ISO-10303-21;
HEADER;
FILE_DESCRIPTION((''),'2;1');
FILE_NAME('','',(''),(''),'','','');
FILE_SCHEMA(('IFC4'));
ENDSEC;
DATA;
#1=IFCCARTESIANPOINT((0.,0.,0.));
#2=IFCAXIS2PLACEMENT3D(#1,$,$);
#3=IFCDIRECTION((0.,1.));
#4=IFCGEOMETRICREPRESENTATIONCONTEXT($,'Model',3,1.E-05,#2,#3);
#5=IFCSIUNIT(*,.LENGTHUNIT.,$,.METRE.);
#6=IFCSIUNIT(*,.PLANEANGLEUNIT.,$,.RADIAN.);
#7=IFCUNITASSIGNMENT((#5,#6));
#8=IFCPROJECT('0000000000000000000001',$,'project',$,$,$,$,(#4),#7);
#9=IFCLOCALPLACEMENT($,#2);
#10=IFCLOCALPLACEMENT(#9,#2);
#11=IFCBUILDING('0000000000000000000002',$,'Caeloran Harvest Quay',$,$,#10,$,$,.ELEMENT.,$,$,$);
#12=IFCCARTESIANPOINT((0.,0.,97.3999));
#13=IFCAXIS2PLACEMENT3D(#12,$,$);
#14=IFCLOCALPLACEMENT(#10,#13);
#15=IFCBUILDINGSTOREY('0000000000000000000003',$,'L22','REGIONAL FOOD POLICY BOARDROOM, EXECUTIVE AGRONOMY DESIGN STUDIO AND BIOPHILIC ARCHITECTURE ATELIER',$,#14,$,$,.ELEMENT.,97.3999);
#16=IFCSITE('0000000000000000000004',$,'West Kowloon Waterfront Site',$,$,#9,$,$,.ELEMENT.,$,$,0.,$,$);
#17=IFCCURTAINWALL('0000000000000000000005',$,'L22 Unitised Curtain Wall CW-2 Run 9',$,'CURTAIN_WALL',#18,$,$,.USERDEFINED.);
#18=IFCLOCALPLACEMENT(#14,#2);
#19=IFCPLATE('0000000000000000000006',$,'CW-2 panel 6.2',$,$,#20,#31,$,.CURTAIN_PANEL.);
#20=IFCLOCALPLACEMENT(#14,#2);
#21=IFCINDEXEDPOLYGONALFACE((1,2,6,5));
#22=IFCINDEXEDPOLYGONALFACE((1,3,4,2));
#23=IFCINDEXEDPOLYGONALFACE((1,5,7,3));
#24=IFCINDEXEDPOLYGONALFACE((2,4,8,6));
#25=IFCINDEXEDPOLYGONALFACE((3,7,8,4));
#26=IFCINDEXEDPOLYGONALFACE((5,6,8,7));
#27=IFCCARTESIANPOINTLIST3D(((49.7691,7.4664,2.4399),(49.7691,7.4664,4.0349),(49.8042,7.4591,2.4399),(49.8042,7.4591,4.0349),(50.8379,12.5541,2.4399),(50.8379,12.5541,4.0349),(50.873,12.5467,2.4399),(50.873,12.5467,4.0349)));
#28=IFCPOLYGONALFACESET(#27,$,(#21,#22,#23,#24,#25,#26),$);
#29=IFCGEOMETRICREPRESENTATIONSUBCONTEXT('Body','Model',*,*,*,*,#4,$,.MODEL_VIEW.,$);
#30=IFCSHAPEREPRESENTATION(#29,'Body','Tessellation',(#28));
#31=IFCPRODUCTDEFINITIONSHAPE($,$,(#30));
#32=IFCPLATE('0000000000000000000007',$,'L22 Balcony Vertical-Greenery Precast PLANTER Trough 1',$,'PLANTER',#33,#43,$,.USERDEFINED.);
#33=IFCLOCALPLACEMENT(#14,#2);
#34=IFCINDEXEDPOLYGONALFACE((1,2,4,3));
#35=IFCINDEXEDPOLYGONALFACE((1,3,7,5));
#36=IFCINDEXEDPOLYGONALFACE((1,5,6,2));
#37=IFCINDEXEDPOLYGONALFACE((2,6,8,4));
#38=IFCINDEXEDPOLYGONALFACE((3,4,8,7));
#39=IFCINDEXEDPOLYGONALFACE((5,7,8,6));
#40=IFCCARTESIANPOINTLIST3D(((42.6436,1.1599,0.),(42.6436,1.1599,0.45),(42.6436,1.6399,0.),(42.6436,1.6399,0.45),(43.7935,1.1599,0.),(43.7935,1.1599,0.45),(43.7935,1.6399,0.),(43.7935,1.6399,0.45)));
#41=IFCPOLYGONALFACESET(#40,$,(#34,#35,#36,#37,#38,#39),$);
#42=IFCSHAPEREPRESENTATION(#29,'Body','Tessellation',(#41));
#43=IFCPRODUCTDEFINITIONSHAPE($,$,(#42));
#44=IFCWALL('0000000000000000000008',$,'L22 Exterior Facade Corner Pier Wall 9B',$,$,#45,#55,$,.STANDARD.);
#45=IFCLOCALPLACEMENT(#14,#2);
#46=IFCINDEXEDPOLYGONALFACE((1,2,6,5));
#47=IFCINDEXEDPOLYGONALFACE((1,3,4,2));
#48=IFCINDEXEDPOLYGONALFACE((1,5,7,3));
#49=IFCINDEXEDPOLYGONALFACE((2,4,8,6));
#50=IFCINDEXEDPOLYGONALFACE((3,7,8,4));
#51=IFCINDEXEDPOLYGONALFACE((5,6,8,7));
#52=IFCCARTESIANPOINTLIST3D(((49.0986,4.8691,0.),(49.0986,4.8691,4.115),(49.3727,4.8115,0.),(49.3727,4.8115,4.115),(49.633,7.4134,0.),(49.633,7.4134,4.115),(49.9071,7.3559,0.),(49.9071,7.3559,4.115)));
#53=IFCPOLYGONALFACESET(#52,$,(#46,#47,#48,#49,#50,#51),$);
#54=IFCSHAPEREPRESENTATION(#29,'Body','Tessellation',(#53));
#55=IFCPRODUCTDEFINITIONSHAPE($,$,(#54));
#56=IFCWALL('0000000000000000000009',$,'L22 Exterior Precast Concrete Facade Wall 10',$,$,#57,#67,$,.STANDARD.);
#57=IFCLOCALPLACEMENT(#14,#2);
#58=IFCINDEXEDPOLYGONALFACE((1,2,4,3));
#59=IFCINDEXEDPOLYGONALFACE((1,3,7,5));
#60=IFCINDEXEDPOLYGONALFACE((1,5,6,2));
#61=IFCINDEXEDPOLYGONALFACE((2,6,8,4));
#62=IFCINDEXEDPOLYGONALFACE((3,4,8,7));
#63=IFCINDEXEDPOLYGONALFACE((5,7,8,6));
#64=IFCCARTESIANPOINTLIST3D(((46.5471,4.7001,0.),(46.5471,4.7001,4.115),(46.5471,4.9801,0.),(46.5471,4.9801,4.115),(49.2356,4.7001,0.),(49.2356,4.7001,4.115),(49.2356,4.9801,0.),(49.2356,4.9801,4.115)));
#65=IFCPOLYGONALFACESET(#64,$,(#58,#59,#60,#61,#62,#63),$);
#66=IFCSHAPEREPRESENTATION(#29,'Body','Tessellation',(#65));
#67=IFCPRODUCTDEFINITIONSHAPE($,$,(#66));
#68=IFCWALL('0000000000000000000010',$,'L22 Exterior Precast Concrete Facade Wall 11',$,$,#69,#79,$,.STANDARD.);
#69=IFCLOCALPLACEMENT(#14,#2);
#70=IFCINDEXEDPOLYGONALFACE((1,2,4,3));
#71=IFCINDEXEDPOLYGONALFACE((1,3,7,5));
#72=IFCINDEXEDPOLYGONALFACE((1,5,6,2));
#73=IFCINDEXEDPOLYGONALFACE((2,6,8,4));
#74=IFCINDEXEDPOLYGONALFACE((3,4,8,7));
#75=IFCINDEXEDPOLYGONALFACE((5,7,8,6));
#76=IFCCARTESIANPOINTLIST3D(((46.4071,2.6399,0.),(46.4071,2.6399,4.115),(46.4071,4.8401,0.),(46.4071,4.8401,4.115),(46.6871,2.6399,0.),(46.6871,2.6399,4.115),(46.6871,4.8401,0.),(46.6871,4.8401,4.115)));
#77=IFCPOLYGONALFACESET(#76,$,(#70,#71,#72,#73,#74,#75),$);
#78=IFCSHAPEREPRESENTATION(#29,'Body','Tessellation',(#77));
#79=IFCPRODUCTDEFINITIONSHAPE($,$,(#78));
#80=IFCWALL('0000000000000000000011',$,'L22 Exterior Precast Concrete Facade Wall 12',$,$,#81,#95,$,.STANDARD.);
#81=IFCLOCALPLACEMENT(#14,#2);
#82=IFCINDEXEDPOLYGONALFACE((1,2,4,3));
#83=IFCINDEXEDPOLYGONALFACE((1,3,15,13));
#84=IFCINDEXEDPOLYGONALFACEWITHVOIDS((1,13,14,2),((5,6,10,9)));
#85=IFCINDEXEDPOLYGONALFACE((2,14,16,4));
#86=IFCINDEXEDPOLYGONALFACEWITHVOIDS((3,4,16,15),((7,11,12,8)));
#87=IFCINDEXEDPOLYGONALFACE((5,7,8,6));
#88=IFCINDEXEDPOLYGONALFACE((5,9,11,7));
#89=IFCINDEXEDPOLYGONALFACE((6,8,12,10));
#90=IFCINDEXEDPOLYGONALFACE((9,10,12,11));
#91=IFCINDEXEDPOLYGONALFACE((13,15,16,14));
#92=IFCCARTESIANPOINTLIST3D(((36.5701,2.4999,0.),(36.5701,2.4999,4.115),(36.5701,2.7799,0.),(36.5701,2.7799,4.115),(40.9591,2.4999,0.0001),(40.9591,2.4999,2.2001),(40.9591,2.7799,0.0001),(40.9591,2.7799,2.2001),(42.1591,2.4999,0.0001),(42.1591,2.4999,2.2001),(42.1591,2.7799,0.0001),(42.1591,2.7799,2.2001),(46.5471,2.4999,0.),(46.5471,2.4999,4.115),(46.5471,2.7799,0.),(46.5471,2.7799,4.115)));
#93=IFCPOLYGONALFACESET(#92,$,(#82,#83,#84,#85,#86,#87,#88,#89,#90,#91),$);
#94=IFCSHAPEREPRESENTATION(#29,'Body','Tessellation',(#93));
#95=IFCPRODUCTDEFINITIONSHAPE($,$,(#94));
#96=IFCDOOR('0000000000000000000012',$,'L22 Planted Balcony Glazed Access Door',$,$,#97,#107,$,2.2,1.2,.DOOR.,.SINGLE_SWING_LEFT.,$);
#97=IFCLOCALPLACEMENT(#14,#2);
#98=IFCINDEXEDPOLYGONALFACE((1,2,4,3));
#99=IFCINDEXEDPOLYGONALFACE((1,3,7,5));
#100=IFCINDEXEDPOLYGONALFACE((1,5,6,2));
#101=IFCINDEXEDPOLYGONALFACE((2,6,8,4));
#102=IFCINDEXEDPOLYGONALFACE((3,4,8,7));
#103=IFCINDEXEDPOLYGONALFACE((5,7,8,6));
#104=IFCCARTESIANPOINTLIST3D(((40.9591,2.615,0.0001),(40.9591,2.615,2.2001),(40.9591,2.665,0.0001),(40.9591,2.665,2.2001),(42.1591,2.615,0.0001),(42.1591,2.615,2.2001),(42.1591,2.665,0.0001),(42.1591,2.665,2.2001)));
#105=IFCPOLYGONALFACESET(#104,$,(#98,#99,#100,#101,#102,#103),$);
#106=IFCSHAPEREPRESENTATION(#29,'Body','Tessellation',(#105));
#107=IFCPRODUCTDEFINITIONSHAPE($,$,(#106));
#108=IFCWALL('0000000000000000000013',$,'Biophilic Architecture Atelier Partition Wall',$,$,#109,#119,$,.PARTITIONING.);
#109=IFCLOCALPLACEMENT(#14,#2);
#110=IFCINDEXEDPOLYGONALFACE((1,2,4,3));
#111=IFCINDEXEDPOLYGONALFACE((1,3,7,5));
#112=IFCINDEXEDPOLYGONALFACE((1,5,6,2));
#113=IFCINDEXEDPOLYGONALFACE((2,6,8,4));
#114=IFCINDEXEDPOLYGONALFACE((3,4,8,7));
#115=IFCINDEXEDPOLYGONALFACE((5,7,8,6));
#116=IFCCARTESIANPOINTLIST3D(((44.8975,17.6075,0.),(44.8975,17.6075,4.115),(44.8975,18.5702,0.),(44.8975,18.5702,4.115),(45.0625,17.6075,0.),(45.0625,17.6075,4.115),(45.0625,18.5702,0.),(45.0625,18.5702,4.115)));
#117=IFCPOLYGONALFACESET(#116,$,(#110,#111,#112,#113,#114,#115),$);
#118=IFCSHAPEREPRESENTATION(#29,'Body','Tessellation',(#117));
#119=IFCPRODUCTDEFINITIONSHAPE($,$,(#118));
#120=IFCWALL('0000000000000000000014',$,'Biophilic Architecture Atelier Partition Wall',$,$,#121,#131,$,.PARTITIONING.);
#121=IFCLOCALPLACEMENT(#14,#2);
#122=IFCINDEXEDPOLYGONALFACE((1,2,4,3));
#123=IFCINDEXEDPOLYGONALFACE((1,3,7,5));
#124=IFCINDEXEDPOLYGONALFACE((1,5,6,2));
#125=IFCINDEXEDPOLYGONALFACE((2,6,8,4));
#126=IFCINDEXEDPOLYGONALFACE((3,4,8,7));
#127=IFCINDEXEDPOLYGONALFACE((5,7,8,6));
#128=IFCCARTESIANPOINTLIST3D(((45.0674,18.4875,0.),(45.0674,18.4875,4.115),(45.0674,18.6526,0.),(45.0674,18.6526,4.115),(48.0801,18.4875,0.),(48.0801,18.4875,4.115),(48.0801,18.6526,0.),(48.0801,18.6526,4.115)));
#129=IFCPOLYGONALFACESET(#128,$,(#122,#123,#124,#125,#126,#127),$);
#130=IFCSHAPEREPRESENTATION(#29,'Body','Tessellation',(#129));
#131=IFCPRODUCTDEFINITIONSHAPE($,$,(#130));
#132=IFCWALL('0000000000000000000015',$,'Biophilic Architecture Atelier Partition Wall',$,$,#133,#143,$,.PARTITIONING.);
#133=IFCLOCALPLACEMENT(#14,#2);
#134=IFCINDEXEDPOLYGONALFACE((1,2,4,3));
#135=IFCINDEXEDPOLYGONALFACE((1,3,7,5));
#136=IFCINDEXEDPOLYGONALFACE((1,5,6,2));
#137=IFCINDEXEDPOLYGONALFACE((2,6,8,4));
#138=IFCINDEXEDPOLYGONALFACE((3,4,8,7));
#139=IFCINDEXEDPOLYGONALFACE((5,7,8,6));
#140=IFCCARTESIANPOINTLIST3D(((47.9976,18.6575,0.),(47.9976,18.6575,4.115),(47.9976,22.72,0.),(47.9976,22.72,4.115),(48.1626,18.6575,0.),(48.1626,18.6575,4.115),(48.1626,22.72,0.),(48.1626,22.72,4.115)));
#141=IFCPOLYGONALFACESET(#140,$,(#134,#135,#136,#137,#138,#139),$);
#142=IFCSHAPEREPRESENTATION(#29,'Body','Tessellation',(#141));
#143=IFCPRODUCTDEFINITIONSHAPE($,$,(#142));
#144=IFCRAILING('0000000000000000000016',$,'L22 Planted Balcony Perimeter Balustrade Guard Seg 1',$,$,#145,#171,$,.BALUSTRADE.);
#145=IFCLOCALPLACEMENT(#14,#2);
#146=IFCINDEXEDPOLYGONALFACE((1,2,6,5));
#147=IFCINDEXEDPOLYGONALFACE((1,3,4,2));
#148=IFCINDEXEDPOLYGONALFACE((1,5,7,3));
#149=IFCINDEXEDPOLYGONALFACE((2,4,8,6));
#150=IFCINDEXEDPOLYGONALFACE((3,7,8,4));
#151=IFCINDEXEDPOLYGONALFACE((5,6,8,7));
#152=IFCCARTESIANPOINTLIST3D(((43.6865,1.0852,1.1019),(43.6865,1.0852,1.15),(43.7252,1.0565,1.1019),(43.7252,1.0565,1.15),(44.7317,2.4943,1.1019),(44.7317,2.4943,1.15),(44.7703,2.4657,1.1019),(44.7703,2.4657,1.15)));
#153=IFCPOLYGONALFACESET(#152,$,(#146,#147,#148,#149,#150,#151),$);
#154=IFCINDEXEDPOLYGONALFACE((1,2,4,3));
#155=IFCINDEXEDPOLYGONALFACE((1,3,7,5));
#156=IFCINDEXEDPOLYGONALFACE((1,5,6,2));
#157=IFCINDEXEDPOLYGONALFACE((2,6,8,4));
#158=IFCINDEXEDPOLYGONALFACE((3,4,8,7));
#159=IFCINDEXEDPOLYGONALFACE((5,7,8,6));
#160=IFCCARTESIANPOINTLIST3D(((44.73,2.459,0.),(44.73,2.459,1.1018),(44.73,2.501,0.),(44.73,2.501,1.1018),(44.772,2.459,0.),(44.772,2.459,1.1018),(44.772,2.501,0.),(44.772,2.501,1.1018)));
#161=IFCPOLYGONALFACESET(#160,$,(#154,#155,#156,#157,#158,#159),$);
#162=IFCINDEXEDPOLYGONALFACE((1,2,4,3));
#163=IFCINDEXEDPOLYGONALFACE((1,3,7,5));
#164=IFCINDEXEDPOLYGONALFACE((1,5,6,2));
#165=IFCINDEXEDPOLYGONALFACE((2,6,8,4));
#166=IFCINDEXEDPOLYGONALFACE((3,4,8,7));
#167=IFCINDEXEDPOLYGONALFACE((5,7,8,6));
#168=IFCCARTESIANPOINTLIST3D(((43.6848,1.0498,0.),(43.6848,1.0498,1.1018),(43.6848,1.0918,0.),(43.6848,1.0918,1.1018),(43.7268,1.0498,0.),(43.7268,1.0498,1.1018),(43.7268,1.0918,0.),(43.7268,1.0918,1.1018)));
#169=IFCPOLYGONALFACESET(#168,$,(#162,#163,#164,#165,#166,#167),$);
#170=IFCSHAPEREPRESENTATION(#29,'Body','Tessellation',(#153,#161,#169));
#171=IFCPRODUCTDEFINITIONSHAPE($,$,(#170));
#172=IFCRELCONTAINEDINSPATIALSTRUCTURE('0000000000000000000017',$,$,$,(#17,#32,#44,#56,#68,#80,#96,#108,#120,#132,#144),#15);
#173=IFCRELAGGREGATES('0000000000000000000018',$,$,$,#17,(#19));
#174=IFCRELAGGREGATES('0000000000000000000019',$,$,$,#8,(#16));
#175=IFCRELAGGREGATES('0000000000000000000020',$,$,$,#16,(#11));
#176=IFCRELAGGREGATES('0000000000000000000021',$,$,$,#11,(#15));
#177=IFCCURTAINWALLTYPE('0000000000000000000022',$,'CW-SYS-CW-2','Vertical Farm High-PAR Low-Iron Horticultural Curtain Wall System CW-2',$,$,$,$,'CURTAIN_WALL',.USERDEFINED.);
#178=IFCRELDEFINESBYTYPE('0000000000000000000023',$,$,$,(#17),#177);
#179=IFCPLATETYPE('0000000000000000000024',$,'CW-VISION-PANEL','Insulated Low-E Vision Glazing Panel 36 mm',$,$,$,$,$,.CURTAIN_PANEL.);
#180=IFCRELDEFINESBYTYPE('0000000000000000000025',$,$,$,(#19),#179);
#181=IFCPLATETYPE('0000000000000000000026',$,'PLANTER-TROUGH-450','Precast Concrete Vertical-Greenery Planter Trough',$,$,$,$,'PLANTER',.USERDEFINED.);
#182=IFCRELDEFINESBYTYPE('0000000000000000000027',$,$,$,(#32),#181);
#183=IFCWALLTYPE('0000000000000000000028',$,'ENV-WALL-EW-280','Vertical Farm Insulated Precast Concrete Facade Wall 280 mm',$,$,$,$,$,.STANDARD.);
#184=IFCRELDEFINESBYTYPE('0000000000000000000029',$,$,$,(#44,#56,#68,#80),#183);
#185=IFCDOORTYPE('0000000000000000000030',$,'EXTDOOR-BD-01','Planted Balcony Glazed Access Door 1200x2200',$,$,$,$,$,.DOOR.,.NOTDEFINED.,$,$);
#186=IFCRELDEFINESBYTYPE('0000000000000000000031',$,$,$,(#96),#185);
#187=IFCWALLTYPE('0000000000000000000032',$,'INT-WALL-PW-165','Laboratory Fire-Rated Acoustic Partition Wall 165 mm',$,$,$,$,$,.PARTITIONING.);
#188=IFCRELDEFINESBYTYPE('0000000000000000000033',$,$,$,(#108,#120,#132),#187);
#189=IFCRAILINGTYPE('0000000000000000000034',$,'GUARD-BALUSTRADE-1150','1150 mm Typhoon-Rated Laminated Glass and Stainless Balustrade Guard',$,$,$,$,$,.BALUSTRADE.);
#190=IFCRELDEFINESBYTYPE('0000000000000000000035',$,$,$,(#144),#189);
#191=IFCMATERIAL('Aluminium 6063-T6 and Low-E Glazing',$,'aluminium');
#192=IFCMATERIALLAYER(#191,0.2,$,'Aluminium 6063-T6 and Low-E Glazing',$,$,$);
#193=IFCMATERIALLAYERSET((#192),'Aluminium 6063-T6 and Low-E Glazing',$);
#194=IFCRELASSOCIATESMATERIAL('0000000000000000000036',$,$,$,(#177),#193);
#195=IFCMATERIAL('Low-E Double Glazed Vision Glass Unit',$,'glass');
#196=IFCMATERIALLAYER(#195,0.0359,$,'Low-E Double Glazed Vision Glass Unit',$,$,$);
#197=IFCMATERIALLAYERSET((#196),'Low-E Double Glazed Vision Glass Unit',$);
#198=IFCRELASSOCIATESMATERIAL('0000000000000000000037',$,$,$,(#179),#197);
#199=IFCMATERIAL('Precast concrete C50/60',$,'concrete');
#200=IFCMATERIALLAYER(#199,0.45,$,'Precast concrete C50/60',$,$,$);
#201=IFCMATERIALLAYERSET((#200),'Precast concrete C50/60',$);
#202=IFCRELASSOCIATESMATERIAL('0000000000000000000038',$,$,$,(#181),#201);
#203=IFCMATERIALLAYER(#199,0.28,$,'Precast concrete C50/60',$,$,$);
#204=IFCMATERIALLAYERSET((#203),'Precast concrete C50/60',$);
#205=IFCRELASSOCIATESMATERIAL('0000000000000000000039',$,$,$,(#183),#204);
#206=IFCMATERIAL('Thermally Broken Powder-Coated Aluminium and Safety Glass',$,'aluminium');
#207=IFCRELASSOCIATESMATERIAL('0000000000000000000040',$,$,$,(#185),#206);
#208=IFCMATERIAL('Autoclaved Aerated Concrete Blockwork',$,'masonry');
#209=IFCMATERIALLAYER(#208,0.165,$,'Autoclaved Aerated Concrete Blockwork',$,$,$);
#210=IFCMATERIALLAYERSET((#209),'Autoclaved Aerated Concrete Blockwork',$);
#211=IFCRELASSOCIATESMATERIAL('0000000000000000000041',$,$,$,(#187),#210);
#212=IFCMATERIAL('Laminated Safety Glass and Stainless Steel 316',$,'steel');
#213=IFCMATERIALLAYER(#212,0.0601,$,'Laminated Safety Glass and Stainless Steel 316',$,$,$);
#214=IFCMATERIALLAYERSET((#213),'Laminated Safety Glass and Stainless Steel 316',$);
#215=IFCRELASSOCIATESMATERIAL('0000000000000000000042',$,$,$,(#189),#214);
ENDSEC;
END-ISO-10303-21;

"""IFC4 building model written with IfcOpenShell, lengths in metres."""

from ifc_helpers import new_model, si_unit, direction, frame, frame_2d, origin, origin_2d, place, context, subcontext, project, spatial, rectangle, extrude, material, layer, layer_set, type_object, element, fill, aggregate, save


model = new_model("IFC4")

# Units and contexts
model_context = context("Model", 3, precision=1e-05, world=origin(), true_north=direction((0.0, 1.0)))
body_context = subcontext(model_context, "Body", "Model", "MODEL_VIEW")
ifc_project = project(units=[si_unit("LENGTHUNIT", "METRE"), si_unit("PLANEANGLEUNIT", "RADIAN")], contexts=[model_context])

# Site, building, storey
site_placement = place(None, origin())
site = spatial("IfcSite", under=ifc_project, at=site_placement, Name="West Kowloon Waterfront Site", CompositionType="ELEMENT", RefElevation=0.0)
building_placement = place(site_placement, origin())
building = spatial("IfcBuilding", under=site, at=building_placement, Name="Caeloran Harvest Quay", CompositionType="ELEMENT")
storey_placement = place(building_placement, frame((0.0, 0.0, 97.3999)))
storey = spatial("IfcBuildingStorey", under=building, at=storey_placement, Name="L22", Description="REGIONAL FOOD POLICY BOARDROOM, EXECUTIVE AGRONOMY DESIGN STUDIO AND BIOPHILIC ARCHITECTURE ATELIER", CompositionType="ELEMENT", Elevation=97.3999)

# Curtain wall, plate
ifc_material_1 = material(Name="Aluminium 6063-T6 and Low-E Glazing", Category="aluminium")
ifc_layer_1 = layer(ifc_material_1, 0.2, Name="Aluminium 6063-T6 and Low-E Glazing")
ifc_layer_set_1 = layer_set([ifc_layer_1], Name="Aluminium 6063-T6 and Low-E Glazing")
curtain_wall_type = type_object("IfcCurtainWallType", Name="CW-SYS-CW-2", Description="Vertical Farm High-PAR Low-Iron Horticultural Curtain Wall System CW-2", ElementType="CURTAIN_WALL", PredefinedType="USERDEFINED", material=ifc_layer_set_1)
curtain_wall_placement = place(storey_placement, origin())
curtain_wall = element("IfcCurtainWall", 1, at=curtain_wall_placement, inside=storey, type_object=curtain_wall_type, Name="L22 Unitised Curtain Wall CW-2 Run 9", ObjectType="CURTAIN_WALL", PredefinedType="USERDEFINED")
ifc_material_2 = material(Name="Low-E Double Glazed Vision Glass Unit", Category="glass")
ifc_layer_2 = layer(ifc_material_2, 0.0359, Name="Low-E Double Glazed Vision Glass Unit")
ifc_layer_set_2 = layer_set([ifc_layer_2], Name="Low-E Double Glazed Vision Glass Unit")
plate_type_1 = type_object("IfcPlateType", Name="CW-VISION-PANEL", Description="Insulated Low-E Vision Glazing Panel 36 mm", PredefinedType="CURTAIN_PANEL", material=ifc_layer_set_2)
plate_1_placement = place(storey_placement, frame((50.321, 10.0066, 2.4399), z_axis=(0.0, 0.0, 1.0), x_axis=(-0.205583, -0.97864, 0.0)))
plate_1 = element("IfcPlate", 2, at=plate_1_placement, type_object=plate_type_1, Name="CW-2 panel 6.2", PredefinedType="CURTAIN_PANEL", context=body_context, shape_type="SweptSolid", body=[
    extrude(rectangle(XDim=5.1987, YDim=0.0359, at=origin_2d()), origin(), (0.0, 0.0, 1.0), 1.595),
])
aggregate(curtain_wall, [plate_1])

# Plate
ifc_material_3 = material(Name="Precast concrete C50/60", Category="concrete")
ifc_layer_3 = layer(ifc_material_3, 0.45, Name="Precast concrete C50/60")
ifc_layer_set_3 = layer_set([ifc_layer_3], Name="Precast concrete C50/60")
plate_type_2 = type_object("IfcPlateType", Name="PLANTER-TROUGH-450", Description="Precast Concrete Vertical-Greenery Planter Trough", ElementType="PLANTER", PredefinedType="USERDEFINED", material=ifc_layer_set_3)
plate_2_placement = place(storey_placement, frame((43.2185, 1.3999, 0.0), z_axis=(0.0, 0.0, 1.0), x_axis=(1.0, 0.0, 0.0)))
element("IfcPlate", 3, at=plate_2_placement, inside=storey, type_object=plate_type_2, Name="L22 Balcony Vertical-Greenery Precast PLANTER Trough 1", ObjectType="PLANTER", PredefinedType="USERDEFINED", context=body_context, shape_type="SweptSolid", body=[
    extrude(rectangle(XDim=1.1499, YDim=0.48, at=origin_2d()), origin(), (0.0, 0.0, 1.0), 0.45),
])

# Walls
ifc_layer_4 = layer(ifc_material_3, 0.28, Name="Precast concrete C50/60")
ifc_layer_set_4 = layer_set([ifc_layer_4], Name="Precast concrete C50/60")
wall_type_1 = type_object("IfcWallType", Name="ENV-WALL-EW-280", Description="Vertical Farm Insulated Precast Concrete Facade Wall 280 mm", PredefinedType="STANDARD", material=ifc_layer_set_4)
wall_1_placement = place(storey_placement, frame((49.77, 7.3845, 0.0), z_axis=(0.0, 0.0, 1.0), x_axis=(-0.205551, -0.978646, 0.0)))
element("IfcWall", 4, at=wall_1_placement, inside=storey, type_object=wall_type_1, Name="L22 Exterior Facade Corner Pier Wall 9B", PredefinedType="STANDARD", context=body_context, shape_type="SweptSolid", body=[
    extrude(rectangle(XDim=2.5999, YDim=0.28, at=frame_2d((1.2998, 0.0))), origin(), (0.0, 0.0, 1.0), 4.115),
])
wall_2_placement = place(storey_placement, frame((49.2356, 4.8401, 0.0), z_axis=(0.0, 0.0, 1.0), x_axis=(-1.0, 0.0, 0.0)))
element("IfcWall", 5, at=wall_2_placement, inside=storey, type_object=wall_type_1, Name="L22 Exterior Precast Concrete Facade Wall 10", PredefinedType="STANDARD", context=body_context, shape_type="SweptSolid", body=[
    extrude(rectangle(XDim=2.6885, YDim=0.28, at=frame_2d((1.3442, 0.0))), origin(), (0.0, 0.0, 1.0), 4.115),
])
wall_3_placement = place(storey_placement, frame((46.5471, 4.8401, 0.0), z_axis=(0.0, 0.0, 1.0), x_axis=(0.0, -1.0, 0.0)))
element("IfcWall", 6, at=wall_3_placement, inside=storey, type_object=wall_type_1, Name="L22 Exterior Precast Concrete Facade Wall 11", PredefinedType="STANDARD", context=body_context, shape_type="SweptSolid", body=[
    extrude(rectangle(XDim=2.2002, YDim=0.28, at=frame_2d((1.1001, 0.0))), origin(), (0.0, 0.0, 1.0), 4.115),
])

# Wall, opening, door
wall_4_placement = place(storey_placement, frame((46.5471, 2.6399, 0.0), z_axis=(0.0, 0.0, 1.0), x_axis=(-1.0, 0.0, 0.0)))
wall_4 = element("IfcWall", 7, at=wall_4_placement, inside=storey, type_object=wall_type_1, Name="L22 Exterior Precast Concrete Facade Wall 12", PredefinedType="STANDARD", context=body_context, shape_type="SweptSolid", body=[
    extrude(rectangle(XDim=9.9771, YDim=0.28, at=frame_2d((4.9885, 0.0))), origin(), (0.0, 0.0, 1.0), 4.115),
])
opening_1_placement = place(wall_4_placement, frame((4.3879, 0.0, 0.0)))
opening_1 = element("IfcOpeningElement", 8, at=opening_1_placement, cuts=wall_4, PredefinedType="OPENING", context=body_context, shape_type="SweptSolid", body=[
    extrude(rectangle(XDim=1.2, YDim=2.2, at=frame_2d((0.6001, 1.1001))), frame((0.0, 0.1499, 0.0), z_axis=(0.0, -1.0, 0.0), x_axis=(1.0, 0.0, 0.0)), (0.0, 0.0, 1.0), 0.3),
])
ifc_material_4 = material(Name="Thermally Broken Powder-Coated Aluminium and Safety Glass", Category="aluminium")
door_type_1 = type_object("IfcDoorType", Name="EXTDOOR-BD-01", Description="Planted Balcony Glazed Access Door 1200x2200", OperationType="NOTDEFINED", PredefinedType="DOOR", material=ifc_material_4)
door_1_placement = place(opening_1_placement, origin())
door_1 = element("IfcDoor", 9, at=door_1_placement, inside=storey, type_object=door_type_1, Name="L22 Planted Balcony Glazed Access Door", OperationType="SINGLE_SWING_LEFT", OverallHeight=2.2, OverallWidth=1.2, PredefinedType="DOOR", context=body_context, shape_type="SweptSolid", body=[
    extrude(rectangle(XDim=1.2, YDim=2.2, at=frame_2d((0.6001, 1.1001))), frame((0.0, 0.0249, 0.0), z_axis=(0.0, -1.0, 0.0), x_axis=(1.0, 0.0, 0.0)), (0.0, 0.0, 1.0), 0.05),
])
fill(opening_1, door_1)

# Walls
ifc_material_5 = material(Name="Autoclaved Aerated Concrete Blockwork", Category="masonry")
ifc_layer_5 = layer(ifc_material_5, 0.165, Name="Autoclaved Aerated Concrete Blockwork")
ifc_layer_set_5 = layer_set([ifc_layer_5], Name="Autoclaved Aerated Concrete Blockwork")
wall_type_2 = type_object("IfcWallType", Name="INT-WALL-PW-165", Description="Laboratory Fire-Rated Acoustic Partition Wall 165 mm", PredefinedType="PARTITIONING", material=ifc_layer_set_5)
wall_5_placement = place(storey_placement, frame((44.98, 17.6074, 0.0), z_axis=(0.0, 0.0, 1.0), x_axis=(0.0, 1.0, 0.0)))
element("IfcWall", 10, at=wall_5_placement, inside=storey, type_object=wall_type_2, Name="Biophilic Architecture Atelier Partition Wall", PredefinedType="PARTITIONING", context=body_context, shape_type="SweptSolid", body=[
    extrude(rectangle(XDim=0.9626, YDim=0.165, at=frame_2d((0.4814, 0.0))), origin(), (0.0, 0.0, 1.0), 4.115),
])
wall_6_placement = place(storey_placement, frame((45.0674, 18.5701, 0.0), z_axis=(0.0, 0.0, 1.0), x_axis=(1.0, 0.0, 0.0)))
element("IfcWall", 11, at=wall_6_placement, inside=storey, type_object=wall_type_2, Name="Biophilic Architecture Atelier Partition Wall", PredefinedType="PARTITIONING", context=body_context, shape_type="SweptSolid", body=[
    extrude(rectangle(XDim=3.0127, YDim=0.165, at=frame_2d((1.5063, 0.0))), origin(), (0.0, 0.0, 1.0), 4.115),
])
wall_7_placement = place(storey_placement, frame((48.0801, 18.6575, 0.0), z_axis=(0.0, 0.0, 1.0), x_axis=(0.0, 1.0, 0.0)))
element("IfcWall", 12, at=wall_7_placement, inside=storey, type_object=wall_type_2, Name="Biophilic Architecture Atelier Partition Wall", PredefinedType="PARTITIONING", context=body_context, shape_type="SweptSolid", body=[
    extrude(rectangle(XDim=4.0625, YDim=0.165, at=frame_2d((2.0312, 0.0))), origin(), (0.0, 0.0, 1.0), 4.115),
])

# Railing
ifc_material_6 = material(Name="Laminated Safety Glass and Stainless Steel 316", Category="steel")
ifc_layer_6 = layer(ifc_material_6, 0.0601, Name="Laminated Safety Glass and Stainless Steel 316")
ifc_layer_set_6 = layer_set([ifc_layer_6], Name="Laminated Safety Glass and Stainless Steel 316")
railing_type = type_object("IfcRailingType", Name="GUARD-BALUSTRADE-1150", Description="1150 mm Typhoon-Rated Laminated Glass and Stainless Balustrade Guard", PredefinedType="BALUSTRADE", material=ifc_layer_set_6)
railing_1_placement = place(storey_placement, frame((44.751, 2.48, 0.0)))
element("IfcRailing", 13, at=railing_1_placement, inside=storey, type_object=railing_type, Name="L22 Planted Balcony Perimeter Balustrade Guard Seg 1", PredefinedType="BALUSTRADE", context=body_context, shape_type="SweptSolid", body=[
    extrude(rectangle(XDim=0.0481, YDim=0.0481, at=origin_2d()), frame((0.0, 0.0, 1.126), z_axis=(-0.595717, -0.803195, 0.0), x_axis=(0.803195, -0.595717, 0.0)), (0.0, 0.0, 1.0), 1.7544),
    extrude(rectangle(XDim=0.042, YDim=0.042, at=origin_2d()), origin(), (0.0, 0.0, 1.0), 1.1018),
    extrude(rectangle(XDim=0.042, YDim=0.042, at=origin_2d()), frame((-1.0452, -1.4092, 0.0)), (0.0, 0.0, 1.0), 1.1018),
])

save(model, "model.ifc")
